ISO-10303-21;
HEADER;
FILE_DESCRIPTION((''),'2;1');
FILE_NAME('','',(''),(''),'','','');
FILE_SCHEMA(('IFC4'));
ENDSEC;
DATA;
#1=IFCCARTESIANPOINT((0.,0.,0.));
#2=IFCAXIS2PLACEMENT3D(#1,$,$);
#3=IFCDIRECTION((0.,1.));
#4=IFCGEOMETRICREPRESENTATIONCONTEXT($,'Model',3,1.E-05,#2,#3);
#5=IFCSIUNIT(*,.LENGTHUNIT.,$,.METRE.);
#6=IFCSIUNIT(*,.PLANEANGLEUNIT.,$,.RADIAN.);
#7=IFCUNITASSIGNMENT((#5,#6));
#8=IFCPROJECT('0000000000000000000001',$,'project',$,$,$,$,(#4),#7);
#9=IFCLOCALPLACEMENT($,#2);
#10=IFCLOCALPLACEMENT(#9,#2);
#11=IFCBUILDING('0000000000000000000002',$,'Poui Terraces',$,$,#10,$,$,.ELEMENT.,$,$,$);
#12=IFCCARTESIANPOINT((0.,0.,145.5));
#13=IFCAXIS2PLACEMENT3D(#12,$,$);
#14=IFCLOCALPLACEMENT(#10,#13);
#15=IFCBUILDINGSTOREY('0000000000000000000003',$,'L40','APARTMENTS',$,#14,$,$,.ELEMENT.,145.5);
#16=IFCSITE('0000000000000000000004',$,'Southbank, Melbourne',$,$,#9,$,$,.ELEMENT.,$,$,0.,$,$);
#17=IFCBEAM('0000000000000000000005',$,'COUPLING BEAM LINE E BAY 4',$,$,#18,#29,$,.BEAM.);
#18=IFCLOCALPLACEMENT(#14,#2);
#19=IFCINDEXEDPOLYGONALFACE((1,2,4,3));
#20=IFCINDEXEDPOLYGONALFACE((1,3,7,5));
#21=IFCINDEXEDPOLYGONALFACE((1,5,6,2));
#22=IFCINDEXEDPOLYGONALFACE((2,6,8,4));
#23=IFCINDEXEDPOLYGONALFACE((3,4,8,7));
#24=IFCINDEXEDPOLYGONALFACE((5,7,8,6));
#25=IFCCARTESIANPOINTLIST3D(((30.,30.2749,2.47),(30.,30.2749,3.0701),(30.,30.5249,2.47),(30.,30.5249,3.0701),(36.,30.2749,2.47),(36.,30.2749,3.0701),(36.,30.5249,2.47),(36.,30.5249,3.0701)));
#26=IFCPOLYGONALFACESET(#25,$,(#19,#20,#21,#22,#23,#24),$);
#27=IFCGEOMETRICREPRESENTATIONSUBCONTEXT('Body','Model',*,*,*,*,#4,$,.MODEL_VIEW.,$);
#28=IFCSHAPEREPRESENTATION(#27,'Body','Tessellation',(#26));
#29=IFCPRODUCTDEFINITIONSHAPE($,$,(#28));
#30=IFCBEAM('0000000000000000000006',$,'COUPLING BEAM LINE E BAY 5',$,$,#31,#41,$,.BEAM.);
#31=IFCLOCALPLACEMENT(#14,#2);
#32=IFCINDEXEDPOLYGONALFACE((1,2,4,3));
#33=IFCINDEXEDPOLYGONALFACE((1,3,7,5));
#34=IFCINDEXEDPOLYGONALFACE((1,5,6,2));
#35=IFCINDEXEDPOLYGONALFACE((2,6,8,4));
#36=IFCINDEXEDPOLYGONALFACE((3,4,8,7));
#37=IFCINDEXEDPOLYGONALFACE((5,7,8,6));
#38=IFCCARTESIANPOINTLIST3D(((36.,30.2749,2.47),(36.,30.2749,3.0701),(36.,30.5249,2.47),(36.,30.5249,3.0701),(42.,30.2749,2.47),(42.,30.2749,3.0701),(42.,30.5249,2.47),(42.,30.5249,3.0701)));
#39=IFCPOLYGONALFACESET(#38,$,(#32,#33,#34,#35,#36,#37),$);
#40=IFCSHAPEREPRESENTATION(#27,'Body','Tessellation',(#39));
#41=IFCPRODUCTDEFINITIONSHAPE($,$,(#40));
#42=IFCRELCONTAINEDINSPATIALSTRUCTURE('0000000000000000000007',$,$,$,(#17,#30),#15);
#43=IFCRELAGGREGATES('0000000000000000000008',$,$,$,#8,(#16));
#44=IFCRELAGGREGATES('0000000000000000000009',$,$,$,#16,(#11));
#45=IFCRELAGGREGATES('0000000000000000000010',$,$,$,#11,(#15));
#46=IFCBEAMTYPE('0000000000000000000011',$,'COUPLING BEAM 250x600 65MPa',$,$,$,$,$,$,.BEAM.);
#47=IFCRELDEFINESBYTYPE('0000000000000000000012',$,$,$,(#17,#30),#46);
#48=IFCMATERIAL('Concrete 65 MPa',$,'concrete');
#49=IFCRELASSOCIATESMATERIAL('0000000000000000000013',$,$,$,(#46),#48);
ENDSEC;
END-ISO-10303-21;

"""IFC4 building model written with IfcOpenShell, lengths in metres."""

from ifc_helpers import new_model, si_unit, direction, frame, origin, origin_2d, place, context, subcontext, project, spatial, rectangle, extrude, source, transform, mapped, material, material_profile, profile_set, type_object, element, save


model = new_model("IFC4")

# Units and contexts
model_context = context("Model", 3, precision=1e-05, world=origin(), true_north=direction((0.0, 1.0)))
body_context = subcontext(model_context, "Body", "Model", "MODEL_VIEW")
ifc_project = project(units=[si_unit("LENGTHUNIT", "METRE"), si_unit("PLANEANGLEUNIT", "RADIAN")], contexts=[model_context])

# Site, building, storey
site_placement = place(None, origin())
site = spatial("IfcSite", under=ifc_project, at=site_placement, Name="Southbank, Melbourne", CompositionType="ELEMENT", RefElevation=0.0)
building_placement = place(site_placement, origin())
building = spatial("IfcBuilding", under=site, at=building_placement, Name="Poui Terraces", CompositionType="ELEMENT")
storey_placement = place(building_placement, frame((0.0, 0.0, 145.5)))
storey = spatial("IfcBuildingStorey", under=building, at=storey_placement, Name="L40", Description="APARTMENTS", CompositionType="ELEMENT", Elevation=145.5)

# Beams
ifc_material_1 = material(Name="Concrete 65 MPa", Category="concrete")
ifc_material_profile = material_profile(ifc_material_1, rectangle(XDim=0.25, YDim=0.6001, at=origin_2d()), Name="RC 250x600")
ifc_profile_set = profile_set([ifc_material_profile], Name="Concrete 65 MPa")
beam_type = type_object("IfcBeamType", Name="COUPLING BEAM 250x600 65MPa", PredefinedType="BEAM", material=ifc_profile_set)
shared_shape = source(origin(), body_context, "Body", "SweptSolid", [
    extrude(rectangle(XDim=0.25, YDim=0.6001, at=origin_2d()), origin(), (0.0, 0.0, 1.0), 6.0),
])
for number, where, z_axis, x_axis, name in (
    (1, (30.0, 30.3999, 2.77), (1.0, 0.0, 0.0), (0.0, 1.0, 0.0), "COUPLING BEAM LINE E BAY 4"),
    (2, (36.0, 30.3999, 2.77), (1.0, 0.0, 0.0), (0.0, 1.0, 0.0), "COUPLING BEAM LINE E BAY 5"),
):
    element("IfcBeam", number, at=place(storey_placement, frame(where, z_axis=z_axis, x_axis=x_axis)), inside=storey, type_object=beam_type, Name=name, PredefinedType="BEAM", context=body_context, shape_type="MappedRepresentation", body=[
        mapped(shared_shape, transform((0.0, 0.0, 0.0))),
    ])

save(model, "model.ifc")
